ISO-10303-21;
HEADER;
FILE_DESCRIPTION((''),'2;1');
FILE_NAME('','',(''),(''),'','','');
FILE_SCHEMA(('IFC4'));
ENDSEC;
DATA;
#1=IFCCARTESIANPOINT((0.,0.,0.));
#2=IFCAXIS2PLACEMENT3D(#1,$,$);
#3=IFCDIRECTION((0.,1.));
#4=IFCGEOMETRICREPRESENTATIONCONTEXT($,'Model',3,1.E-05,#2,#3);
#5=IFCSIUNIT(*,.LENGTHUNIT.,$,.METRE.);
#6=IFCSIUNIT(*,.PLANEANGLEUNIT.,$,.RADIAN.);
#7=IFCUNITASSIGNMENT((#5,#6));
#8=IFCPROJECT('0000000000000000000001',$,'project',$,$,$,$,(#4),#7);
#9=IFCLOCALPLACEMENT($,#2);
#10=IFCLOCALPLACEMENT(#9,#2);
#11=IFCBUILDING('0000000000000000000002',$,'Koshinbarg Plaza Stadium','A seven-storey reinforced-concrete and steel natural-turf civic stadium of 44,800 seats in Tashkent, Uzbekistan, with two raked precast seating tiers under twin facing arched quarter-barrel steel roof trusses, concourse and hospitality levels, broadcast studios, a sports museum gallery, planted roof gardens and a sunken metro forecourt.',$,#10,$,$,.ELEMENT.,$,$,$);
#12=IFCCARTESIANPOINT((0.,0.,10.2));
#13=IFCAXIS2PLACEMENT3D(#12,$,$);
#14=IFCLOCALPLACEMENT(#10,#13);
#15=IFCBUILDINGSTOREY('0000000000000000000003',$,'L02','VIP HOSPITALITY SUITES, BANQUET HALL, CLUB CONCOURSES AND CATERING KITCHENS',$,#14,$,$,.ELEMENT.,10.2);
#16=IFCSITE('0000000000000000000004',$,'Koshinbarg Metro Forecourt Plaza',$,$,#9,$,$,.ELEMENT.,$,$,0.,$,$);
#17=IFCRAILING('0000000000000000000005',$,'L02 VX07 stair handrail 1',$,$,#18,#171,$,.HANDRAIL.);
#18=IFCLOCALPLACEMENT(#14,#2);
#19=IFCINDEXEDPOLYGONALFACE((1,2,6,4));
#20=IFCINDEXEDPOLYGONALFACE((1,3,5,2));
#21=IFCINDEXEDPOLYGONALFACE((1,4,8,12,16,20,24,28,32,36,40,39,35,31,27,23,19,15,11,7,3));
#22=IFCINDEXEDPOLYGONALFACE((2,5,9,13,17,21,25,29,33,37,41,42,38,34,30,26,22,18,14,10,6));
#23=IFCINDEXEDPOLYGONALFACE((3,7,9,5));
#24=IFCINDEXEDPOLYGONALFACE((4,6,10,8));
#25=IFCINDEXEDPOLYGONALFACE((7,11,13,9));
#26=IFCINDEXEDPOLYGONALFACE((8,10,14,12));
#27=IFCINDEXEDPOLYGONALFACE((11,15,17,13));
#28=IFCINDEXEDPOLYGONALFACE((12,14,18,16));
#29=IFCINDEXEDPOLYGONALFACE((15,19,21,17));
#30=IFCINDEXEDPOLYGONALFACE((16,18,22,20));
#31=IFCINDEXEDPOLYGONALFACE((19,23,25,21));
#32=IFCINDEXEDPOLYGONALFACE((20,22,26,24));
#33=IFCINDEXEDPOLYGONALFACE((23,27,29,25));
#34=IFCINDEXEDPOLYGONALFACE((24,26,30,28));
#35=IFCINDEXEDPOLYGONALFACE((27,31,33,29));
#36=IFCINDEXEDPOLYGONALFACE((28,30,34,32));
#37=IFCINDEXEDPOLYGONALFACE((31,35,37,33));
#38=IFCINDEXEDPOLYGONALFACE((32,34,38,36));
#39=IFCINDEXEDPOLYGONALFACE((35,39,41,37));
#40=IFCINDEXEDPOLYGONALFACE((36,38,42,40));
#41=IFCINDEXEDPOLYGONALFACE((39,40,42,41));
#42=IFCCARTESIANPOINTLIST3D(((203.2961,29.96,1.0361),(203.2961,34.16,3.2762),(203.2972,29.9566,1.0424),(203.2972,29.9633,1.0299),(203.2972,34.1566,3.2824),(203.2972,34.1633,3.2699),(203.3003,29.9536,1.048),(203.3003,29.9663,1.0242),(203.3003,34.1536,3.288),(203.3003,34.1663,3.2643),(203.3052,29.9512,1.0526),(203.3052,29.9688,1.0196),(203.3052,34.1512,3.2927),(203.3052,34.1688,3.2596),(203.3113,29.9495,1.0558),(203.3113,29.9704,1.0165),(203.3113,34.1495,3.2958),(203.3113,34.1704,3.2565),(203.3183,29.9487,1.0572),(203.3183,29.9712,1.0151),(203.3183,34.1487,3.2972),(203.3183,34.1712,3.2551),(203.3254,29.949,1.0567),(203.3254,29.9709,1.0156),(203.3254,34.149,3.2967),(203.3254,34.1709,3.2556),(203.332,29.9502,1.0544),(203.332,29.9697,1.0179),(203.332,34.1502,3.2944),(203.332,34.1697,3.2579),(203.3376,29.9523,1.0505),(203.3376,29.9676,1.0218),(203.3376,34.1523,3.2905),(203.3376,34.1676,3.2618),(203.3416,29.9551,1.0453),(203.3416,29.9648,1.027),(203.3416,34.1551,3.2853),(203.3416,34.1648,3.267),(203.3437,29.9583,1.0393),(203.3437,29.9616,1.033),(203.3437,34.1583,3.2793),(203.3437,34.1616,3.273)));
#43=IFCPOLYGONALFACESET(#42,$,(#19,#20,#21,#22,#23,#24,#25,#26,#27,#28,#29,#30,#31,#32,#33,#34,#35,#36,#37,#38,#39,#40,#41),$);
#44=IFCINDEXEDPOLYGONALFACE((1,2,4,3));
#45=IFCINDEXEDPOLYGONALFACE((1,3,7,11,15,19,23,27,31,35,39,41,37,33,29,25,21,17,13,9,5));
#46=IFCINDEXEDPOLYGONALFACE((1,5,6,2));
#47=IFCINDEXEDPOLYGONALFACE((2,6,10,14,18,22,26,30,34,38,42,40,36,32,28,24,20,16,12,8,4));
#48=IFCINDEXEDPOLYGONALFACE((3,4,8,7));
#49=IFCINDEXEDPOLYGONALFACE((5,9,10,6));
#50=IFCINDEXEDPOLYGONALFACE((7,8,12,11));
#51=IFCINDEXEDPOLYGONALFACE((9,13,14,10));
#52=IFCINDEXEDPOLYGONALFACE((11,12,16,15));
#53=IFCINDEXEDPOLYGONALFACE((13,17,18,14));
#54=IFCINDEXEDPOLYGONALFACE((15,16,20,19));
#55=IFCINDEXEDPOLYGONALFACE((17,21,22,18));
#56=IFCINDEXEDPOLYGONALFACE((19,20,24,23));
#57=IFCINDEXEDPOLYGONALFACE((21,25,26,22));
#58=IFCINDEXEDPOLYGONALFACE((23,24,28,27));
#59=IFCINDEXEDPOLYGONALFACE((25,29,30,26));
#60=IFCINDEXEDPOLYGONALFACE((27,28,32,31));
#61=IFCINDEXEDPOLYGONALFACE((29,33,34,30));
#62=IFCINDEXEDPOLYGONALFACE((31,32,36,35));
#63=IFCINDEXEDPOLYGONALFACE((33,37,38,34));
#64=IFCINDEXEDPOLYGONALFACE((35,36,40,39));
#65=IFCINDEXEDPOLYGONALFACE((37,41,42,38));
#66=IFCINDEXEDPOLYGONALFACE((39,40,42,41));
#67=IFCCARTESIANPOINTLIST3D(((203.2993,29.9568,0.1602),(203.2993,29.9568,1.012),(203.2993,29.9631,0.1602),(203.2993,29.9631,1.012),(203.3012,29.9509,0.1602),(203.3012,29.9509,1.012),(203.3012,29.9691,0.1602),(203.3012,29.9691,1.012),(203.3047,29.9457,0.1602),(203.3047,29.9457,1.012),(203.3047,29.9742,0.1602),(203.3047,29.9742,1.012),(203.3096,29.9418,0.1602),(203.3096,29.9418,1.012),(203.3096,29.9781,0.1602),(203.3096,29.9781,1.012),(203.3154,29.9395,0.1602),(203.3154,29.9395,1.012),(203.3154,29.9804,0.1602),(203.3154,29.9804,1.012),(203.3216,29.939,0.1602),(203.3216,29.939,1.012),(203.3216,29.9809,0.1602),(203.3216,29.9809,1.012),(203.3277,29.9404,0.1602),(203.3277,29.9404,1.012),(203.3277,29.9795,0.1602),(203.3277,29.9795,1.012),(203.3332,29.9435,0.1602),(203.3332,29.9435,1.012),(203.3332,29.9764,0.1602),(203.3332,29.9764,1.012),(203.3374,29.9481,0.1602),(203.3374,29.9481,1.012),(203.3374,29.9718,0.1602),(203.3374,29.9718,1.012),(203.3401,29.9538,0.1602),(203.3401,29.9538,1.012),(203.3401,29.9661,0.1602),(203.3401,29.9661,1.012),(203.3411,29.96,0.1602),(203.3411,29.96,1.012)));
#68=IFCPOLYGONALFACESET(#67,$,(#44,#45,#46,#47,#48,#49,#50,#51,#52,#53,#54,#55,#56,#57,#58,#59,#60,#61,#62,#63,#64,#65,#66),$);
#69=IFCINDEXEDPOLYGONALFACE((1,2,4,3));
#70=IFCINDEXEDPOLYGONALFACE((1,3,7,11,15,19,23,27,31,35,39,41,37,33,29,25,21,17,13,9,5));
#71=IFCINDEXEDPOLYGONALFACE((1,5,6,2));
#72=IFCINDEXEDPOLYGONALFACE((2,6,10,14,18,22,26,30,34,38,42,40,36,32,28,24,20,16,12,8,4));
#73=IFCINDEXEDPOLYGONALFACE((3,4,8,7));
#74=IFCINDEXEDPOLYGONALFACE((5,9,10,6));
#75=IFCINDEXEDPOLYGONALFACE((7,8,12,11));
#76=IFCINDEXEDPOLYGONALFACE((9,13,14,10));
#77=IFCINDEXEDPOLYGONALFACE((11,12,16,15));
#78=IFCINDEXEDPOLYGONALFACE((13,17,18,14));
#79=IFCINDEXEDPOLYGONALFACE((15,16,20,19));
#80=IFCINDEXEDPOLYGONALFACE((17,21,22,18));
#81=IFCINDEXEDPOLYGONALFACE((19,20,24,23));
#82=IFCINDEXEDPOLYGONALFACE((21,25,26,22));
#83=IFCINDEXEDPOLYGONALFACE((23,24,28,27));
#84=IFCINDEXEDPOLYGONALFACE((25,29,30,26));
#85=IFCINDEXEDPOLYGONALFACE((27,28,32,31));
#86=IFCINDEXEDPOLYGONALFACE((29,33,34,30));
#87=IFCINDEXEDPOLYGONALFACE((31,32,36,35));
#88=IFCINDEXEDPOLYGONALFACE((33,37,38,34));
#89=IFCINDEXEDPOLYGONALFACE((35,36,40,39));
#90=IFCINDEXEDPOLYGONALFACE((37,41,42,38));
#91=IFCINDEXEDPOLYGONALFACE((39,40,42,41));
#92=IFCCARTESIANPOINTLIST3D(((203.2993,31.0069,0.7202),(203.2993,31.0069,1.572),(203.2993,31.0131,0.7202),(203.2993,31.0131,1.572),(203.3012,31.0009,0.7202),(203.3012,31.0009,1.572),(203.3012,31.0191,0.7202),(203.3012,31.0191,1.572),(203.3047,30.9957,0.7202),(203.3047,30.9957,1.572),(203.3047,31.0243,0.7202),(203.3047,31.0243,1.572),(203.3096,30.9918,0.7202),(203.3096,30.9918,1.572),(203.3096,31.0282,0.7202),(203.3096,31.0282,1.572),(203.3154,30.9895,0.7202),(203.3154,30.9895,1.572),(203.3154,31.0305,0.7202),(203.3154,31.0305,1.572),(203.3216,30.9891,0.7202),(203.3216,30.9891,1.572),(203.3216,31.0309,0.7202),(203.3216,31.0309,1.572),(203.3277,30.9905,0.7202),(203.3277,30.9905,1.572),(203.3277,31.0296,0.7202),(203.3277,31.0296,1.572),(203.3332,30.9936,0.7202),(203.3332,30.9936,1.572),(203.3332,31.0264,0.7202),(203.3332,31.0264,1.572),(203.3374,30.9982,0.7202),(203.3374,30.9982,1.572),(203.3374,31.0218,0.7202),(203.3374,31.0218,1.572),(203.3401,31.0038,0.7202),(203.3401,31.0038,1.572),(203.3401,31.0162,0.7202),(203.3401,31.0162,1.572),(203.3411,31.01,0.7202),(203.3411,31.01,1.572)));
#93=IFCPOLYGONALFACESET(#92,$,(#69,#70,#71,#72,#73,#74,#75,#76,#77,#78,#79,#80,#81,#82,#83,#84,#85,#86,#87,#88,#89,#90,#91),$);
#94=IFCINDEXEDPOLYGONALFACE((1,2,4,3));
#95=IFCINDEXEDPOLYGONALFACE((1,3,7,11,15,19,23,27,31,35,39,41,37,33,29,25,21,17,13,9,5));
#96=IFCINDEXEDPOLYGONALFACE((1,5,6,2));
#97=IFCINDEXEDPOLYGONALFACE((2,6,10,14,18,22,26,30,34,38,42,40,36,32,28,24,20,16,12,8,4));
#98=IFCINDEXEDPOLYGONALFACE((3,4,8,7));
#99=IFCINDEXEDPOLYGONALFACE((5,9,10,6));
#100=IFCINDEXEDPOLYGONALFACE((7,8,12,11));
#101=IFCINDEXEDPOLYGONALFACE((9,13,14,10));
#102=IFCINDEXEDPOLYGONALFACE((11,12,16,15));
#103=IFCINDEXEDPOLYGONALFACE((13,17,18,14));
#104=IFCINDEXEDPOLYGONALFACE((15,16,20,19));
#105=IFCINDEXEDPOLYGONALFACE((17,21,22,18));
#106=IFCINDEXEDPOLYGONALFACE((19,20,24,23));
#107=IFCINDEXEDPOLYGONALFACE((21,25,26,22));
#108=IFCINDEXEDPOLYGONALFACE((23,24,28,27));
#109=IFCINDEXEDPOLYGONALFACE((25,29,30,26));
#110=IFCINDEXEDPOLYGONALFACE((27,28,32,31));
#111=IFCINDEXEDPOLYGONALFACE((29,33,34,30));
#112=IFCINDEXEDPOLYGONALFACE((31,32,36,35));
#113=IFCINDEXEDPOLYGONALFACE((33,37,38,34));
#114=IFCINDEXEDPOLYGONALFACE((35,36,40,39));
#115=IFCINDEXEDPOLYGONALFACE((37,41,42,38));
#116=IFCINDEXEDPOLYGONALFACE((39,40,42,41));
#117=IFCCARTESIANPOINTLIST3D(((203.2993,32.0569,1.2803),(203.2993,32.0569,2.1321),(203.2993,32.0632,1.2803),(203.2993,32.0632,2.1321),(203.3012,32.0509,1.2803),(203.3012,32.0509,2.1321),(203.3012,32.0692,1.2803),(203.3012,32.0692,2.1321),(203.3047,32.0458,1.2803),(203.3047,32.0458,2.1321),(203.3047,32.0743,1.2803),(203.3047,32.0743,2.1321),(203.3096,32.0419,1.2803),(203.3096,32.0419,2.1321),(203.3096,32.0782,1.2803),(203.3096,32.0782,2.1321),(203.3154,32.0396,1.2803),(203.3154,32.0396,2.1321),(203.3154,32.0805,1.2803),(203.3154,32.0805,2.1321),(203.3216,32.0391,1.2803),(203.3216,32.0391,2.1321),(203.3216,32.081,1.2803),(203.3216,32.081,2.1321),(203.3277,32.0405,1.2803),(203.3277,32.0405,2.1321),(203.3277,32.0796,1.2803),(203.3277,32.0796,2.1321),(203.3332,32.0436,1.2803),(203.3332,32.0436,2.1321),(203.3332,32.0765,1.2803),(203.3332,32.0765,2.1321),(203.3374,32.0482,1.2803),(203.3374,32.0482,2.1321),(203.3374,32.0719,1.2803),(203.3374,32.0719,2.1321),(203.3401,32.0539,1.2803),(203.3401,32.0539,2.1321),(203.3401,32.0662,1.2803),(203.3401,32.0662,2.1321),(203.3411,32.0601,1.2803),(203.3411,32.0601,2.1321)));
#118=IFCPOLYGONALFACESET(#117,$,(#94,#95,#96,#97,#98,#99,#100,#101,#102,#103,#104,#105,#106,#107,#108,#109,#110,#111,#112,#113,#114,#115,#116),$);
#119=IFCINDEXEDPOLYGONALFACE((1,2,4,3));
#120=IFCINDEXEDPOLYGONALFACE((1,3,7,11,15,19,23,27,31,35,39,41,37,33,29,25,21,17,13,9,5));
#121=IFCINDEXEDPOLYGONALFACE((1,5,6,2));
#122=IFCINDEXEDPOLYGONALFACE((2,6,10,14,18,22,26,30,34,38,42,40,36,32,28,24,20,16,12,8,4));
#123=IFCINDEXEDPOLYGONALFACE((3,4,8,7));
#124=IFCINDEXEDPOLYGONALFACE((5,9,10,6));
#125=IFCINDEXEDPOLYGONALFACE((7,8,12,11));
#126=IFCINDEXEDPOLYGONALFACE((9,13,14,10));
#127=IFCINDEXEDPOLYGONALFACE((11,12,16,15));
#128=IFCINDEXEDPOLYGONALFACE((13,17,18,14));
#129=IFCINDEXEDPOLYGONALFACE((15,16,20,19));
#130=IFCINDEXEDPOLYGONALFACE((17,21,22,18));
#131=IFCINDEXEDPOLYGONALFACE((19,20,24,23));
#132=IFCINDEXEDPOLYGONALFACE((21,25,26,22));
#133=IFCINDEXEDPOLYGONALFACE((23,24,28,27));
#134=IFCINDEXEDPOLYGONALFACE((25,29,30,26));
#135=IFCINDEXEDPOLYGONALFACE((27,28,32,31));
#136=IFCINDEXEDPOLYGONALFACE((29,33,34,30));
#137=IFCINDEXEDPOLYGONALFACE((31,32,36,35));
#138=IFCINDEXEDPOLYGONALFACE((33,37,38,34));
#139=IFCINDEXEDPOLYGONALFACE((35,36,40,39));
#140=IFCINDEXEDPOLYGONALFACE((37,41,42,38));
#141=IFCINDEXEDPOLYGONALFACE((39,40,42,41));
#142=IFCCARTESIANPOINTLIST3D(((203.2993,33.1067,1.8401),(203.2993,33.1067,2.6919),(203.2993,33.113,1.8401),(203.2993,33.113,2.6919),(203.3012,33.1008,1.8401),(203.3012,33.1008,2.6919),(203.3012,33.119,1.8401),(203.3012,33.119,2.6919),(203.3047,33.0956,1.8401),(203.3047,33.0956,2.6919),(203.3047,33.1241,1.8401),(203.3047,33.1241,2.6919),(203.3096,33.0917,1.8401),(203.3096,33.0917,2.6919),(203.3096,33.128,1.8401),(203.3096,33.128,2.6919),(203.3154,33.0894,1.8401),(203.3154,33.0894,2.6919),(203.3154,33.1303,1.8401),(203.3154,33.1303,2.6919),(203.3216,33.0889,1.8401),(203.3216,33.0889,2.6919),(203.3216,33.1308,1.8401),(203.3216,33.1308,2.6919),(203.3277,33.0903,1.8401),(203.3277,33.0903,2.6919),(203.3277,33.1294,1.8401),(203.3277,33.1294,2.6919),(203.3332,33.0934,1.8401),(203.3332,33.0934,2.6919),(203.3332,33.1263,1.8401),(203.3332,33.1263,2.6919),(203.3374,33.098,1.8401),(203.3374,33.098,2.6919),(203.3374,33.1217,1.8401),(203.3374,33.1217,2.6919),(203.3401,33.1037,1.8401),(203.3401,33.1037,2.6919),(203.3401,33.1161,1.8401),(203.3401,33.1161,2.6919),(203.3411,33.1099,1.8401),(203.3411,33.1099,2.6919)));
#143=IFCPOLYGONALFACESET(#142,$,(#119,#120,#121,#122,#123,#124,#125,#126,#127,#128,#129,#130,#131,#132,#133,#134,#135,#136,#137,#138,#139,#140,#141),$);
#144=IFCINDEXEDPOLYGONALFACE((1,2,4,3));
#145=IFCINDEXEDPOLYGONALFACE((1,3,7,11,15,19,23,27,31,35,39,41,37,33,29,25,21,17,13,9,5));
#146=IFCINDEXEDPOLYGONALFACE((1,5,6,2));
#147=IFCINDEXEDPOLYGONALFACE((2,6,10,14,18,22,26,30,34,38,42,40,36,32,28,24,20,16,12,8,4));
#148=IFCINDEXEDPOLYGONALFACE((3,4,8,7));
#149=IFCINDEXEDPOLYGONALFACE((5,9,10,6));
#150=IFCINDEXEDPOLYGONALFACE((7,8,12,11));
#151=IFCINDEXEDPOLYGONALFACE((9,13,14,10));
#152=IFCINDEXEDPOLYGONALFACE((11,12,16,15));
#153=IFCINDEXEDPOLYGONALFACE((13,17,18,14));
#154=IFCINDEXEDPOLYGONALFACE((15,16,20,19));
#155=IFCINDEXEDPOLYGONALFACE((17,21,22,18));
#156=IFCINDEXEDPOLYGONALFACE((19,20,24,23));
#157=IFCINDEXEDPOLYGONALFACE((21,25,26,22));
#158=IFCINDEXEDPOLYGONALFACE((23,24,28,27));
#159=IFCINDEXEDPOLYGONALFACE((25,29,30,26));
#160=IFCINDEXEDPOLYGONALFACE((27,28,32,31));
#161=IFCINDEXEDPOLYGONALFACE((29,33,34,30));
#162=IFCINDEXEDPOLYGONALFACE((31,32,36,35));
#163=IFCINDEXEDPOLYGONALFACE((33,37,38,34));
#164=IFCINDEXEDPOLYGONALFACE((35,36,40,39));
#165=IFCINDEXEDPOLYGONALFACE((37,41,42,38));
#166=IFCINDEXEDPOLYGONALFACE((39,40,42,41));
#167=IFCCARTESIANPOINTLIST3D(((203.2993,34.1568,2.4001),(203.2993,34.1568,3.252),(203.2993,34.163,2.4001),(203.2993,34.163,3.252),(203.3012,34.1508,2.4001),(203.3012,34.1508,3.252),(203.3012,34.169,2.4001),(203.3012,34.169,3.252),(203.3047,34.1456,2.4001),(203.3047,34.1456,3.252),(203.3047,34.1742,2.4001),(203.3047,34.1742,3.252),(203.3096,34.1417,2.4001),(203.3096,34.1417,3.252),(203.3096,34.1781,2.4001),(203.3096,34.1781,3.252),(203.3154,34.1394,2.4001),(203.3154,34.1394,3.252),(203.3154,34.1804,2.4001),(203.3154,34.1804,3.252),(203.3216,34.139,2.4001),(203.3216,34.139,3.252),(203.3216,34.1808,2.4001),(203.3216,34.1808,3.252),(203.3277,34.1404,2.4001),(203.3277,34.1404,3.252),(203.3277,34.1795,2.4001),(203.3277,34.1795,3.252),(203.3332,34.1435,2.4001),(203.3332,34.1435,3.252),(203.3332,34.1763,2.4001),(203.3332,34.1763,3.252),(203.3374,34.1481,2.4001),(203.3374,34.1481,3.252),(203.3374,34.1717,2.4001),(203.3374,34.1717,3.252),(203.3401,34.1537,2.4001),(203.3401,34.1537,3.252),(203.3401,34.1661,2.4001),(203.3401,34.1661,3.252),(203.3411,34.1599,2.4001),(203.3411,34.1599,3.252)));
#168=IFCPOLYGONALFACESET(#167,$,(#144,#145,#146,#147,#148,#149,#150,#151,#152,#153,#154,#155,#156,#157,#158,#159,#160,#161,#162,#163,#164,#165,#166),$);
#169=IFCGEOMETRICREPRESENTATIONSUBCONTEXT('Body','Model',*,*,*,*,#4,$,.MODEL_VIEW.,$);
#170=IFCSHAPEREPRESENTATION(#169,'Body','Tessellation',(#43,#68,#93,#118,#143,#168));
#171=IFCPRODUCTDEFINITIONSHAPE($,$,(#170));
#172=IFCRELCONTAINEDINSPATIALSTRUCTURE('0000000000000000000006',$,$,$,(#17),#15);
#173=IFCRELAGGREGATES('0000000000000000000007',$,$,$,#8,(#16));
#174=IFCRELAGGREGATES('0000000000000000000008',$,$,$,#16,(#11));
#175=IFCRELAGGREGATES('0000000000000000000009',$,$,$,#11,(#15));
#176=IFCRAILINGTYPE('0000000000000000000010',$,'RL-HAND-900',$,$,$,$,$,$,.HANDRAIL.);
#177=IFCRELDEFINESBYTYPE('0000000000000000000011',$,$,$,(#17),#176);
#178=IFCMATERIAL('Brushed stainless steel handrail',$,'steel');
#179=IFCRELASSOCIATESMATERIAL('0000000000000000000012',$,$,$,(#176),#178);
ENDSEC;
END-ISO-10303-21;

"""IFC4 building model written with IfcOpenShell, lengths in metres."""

from ifc_helpers import new_model, si_unit, direction, frame, origin, origin_2d, place, context, subcontext, project, spatial, circle, extrude, material, type_object, element, save


model = new_model("IFC4")

# Units and contexts
model_context = context("Model", 3, precision=1e-05, world=origin(), true_north=direction((0.0, 1.0)))
body_context = subcontext(model_context, "Body", "Model", "MODEL_VIEW")
ifc_project = project(units=[si_unit("LENGTHUNIT", "METRE"), si_unit("PLANEANGLEUNIT", "RADIAN")], contexts=[model_context])

# Site, building, storey
site_placement = place(None, origin())
site = spatial("IfcSite", under=ifc_project, at=site_placement, Name="Koshinbarg Metro Forecourt Plaza", CompositionType="ELEMENT", RefElevation=0.0)
building_placement = place(site_placement, origin())
building = spatial("IfcBuilding", under=site, at=building_placement, Name="Koshinbarg Plaza Stadium", Description="A seven-storey reinforced-concrete and steel natural-turf civic stadium of 44,800 seats in Tashkent, Uzbekistan, with two raked precast seating tiers under twin facing arched quarter-barrel steel roof trusses, concourse and hospitality levels, broadcast studios, a sports museum gallery, planted roof gardens and a sunken metro forecourt.", CompositionType="ELEMENT")
storey_placement = place(building_placement, frame((0.0, 0.0, 10.2)))
storey = spatial("IfcBuildingStorey", under=building, at=storey_placement, Name="L02", Description="VIP HOSPITALITY SUITES, BANQUET HALL, CLUB CONCOURSES AND CATERING KITCHENS", CompositionType="ELEMENT", Elevation=10.2)

# Railing
ifc_material_1 = material(Name="Brushed stainless steel handrail", Category="steel")
railing_type_1 = type_object("IfcRailingType", Name="RL-HAND-900", PredefinedType="HANDRAIL", material=ifc_material_1)
railing_1_placement = place(storey_placement, frame((203.3201, 29.96, 0.1602)))
element("IfcRailing", 1, at=railing_1_placement, inside=storey, type_object=railing_type_1, Name="L02 VX07 stair handrail 1", PredefinedType="HANDRAIL", context=body_context, shape_type="SweptSolid", body=[
    extrude(circle(Radius=0.0239, at=origin_2d()), frame((0.0, 0.0, 0.876), z_axis=(0.0, 0.882352, 0.470591), x_axis=(-1.0, 0.0, 0.0)), (0.0, 0.0, 1.0), 4.76),
    extrude(circle(Radius=0.021, at=origin_2d()), origin(), (0.0, 0.0, 1.0), 0.8518),
    extrude(circle(Radius=0.021, at=origin_2d()), frame((0.0, 1.05, 0.5601)), (0.0, 0.0, 1.0), 0.8518),
    extrude(circle(Radius=0.021, at=origin_2d()), frame((0.0, 2.1001, 1.1201)), (0.0, 0.0, 1.0), 0.8518),
    extrude(circle(Radius=0.021, at=origin_2d()), frame((0.0, 3.1499, 1.6799)), (0.0, 0.0, 1.0), 0.8518),
    extrude(circle(Radius=0.021, at=origin_2d()), frame((0.0, 4.2, 2.24)), (0.0, 0.0, 1.0), 0.8518),
])

save(model, "model.ifc")
